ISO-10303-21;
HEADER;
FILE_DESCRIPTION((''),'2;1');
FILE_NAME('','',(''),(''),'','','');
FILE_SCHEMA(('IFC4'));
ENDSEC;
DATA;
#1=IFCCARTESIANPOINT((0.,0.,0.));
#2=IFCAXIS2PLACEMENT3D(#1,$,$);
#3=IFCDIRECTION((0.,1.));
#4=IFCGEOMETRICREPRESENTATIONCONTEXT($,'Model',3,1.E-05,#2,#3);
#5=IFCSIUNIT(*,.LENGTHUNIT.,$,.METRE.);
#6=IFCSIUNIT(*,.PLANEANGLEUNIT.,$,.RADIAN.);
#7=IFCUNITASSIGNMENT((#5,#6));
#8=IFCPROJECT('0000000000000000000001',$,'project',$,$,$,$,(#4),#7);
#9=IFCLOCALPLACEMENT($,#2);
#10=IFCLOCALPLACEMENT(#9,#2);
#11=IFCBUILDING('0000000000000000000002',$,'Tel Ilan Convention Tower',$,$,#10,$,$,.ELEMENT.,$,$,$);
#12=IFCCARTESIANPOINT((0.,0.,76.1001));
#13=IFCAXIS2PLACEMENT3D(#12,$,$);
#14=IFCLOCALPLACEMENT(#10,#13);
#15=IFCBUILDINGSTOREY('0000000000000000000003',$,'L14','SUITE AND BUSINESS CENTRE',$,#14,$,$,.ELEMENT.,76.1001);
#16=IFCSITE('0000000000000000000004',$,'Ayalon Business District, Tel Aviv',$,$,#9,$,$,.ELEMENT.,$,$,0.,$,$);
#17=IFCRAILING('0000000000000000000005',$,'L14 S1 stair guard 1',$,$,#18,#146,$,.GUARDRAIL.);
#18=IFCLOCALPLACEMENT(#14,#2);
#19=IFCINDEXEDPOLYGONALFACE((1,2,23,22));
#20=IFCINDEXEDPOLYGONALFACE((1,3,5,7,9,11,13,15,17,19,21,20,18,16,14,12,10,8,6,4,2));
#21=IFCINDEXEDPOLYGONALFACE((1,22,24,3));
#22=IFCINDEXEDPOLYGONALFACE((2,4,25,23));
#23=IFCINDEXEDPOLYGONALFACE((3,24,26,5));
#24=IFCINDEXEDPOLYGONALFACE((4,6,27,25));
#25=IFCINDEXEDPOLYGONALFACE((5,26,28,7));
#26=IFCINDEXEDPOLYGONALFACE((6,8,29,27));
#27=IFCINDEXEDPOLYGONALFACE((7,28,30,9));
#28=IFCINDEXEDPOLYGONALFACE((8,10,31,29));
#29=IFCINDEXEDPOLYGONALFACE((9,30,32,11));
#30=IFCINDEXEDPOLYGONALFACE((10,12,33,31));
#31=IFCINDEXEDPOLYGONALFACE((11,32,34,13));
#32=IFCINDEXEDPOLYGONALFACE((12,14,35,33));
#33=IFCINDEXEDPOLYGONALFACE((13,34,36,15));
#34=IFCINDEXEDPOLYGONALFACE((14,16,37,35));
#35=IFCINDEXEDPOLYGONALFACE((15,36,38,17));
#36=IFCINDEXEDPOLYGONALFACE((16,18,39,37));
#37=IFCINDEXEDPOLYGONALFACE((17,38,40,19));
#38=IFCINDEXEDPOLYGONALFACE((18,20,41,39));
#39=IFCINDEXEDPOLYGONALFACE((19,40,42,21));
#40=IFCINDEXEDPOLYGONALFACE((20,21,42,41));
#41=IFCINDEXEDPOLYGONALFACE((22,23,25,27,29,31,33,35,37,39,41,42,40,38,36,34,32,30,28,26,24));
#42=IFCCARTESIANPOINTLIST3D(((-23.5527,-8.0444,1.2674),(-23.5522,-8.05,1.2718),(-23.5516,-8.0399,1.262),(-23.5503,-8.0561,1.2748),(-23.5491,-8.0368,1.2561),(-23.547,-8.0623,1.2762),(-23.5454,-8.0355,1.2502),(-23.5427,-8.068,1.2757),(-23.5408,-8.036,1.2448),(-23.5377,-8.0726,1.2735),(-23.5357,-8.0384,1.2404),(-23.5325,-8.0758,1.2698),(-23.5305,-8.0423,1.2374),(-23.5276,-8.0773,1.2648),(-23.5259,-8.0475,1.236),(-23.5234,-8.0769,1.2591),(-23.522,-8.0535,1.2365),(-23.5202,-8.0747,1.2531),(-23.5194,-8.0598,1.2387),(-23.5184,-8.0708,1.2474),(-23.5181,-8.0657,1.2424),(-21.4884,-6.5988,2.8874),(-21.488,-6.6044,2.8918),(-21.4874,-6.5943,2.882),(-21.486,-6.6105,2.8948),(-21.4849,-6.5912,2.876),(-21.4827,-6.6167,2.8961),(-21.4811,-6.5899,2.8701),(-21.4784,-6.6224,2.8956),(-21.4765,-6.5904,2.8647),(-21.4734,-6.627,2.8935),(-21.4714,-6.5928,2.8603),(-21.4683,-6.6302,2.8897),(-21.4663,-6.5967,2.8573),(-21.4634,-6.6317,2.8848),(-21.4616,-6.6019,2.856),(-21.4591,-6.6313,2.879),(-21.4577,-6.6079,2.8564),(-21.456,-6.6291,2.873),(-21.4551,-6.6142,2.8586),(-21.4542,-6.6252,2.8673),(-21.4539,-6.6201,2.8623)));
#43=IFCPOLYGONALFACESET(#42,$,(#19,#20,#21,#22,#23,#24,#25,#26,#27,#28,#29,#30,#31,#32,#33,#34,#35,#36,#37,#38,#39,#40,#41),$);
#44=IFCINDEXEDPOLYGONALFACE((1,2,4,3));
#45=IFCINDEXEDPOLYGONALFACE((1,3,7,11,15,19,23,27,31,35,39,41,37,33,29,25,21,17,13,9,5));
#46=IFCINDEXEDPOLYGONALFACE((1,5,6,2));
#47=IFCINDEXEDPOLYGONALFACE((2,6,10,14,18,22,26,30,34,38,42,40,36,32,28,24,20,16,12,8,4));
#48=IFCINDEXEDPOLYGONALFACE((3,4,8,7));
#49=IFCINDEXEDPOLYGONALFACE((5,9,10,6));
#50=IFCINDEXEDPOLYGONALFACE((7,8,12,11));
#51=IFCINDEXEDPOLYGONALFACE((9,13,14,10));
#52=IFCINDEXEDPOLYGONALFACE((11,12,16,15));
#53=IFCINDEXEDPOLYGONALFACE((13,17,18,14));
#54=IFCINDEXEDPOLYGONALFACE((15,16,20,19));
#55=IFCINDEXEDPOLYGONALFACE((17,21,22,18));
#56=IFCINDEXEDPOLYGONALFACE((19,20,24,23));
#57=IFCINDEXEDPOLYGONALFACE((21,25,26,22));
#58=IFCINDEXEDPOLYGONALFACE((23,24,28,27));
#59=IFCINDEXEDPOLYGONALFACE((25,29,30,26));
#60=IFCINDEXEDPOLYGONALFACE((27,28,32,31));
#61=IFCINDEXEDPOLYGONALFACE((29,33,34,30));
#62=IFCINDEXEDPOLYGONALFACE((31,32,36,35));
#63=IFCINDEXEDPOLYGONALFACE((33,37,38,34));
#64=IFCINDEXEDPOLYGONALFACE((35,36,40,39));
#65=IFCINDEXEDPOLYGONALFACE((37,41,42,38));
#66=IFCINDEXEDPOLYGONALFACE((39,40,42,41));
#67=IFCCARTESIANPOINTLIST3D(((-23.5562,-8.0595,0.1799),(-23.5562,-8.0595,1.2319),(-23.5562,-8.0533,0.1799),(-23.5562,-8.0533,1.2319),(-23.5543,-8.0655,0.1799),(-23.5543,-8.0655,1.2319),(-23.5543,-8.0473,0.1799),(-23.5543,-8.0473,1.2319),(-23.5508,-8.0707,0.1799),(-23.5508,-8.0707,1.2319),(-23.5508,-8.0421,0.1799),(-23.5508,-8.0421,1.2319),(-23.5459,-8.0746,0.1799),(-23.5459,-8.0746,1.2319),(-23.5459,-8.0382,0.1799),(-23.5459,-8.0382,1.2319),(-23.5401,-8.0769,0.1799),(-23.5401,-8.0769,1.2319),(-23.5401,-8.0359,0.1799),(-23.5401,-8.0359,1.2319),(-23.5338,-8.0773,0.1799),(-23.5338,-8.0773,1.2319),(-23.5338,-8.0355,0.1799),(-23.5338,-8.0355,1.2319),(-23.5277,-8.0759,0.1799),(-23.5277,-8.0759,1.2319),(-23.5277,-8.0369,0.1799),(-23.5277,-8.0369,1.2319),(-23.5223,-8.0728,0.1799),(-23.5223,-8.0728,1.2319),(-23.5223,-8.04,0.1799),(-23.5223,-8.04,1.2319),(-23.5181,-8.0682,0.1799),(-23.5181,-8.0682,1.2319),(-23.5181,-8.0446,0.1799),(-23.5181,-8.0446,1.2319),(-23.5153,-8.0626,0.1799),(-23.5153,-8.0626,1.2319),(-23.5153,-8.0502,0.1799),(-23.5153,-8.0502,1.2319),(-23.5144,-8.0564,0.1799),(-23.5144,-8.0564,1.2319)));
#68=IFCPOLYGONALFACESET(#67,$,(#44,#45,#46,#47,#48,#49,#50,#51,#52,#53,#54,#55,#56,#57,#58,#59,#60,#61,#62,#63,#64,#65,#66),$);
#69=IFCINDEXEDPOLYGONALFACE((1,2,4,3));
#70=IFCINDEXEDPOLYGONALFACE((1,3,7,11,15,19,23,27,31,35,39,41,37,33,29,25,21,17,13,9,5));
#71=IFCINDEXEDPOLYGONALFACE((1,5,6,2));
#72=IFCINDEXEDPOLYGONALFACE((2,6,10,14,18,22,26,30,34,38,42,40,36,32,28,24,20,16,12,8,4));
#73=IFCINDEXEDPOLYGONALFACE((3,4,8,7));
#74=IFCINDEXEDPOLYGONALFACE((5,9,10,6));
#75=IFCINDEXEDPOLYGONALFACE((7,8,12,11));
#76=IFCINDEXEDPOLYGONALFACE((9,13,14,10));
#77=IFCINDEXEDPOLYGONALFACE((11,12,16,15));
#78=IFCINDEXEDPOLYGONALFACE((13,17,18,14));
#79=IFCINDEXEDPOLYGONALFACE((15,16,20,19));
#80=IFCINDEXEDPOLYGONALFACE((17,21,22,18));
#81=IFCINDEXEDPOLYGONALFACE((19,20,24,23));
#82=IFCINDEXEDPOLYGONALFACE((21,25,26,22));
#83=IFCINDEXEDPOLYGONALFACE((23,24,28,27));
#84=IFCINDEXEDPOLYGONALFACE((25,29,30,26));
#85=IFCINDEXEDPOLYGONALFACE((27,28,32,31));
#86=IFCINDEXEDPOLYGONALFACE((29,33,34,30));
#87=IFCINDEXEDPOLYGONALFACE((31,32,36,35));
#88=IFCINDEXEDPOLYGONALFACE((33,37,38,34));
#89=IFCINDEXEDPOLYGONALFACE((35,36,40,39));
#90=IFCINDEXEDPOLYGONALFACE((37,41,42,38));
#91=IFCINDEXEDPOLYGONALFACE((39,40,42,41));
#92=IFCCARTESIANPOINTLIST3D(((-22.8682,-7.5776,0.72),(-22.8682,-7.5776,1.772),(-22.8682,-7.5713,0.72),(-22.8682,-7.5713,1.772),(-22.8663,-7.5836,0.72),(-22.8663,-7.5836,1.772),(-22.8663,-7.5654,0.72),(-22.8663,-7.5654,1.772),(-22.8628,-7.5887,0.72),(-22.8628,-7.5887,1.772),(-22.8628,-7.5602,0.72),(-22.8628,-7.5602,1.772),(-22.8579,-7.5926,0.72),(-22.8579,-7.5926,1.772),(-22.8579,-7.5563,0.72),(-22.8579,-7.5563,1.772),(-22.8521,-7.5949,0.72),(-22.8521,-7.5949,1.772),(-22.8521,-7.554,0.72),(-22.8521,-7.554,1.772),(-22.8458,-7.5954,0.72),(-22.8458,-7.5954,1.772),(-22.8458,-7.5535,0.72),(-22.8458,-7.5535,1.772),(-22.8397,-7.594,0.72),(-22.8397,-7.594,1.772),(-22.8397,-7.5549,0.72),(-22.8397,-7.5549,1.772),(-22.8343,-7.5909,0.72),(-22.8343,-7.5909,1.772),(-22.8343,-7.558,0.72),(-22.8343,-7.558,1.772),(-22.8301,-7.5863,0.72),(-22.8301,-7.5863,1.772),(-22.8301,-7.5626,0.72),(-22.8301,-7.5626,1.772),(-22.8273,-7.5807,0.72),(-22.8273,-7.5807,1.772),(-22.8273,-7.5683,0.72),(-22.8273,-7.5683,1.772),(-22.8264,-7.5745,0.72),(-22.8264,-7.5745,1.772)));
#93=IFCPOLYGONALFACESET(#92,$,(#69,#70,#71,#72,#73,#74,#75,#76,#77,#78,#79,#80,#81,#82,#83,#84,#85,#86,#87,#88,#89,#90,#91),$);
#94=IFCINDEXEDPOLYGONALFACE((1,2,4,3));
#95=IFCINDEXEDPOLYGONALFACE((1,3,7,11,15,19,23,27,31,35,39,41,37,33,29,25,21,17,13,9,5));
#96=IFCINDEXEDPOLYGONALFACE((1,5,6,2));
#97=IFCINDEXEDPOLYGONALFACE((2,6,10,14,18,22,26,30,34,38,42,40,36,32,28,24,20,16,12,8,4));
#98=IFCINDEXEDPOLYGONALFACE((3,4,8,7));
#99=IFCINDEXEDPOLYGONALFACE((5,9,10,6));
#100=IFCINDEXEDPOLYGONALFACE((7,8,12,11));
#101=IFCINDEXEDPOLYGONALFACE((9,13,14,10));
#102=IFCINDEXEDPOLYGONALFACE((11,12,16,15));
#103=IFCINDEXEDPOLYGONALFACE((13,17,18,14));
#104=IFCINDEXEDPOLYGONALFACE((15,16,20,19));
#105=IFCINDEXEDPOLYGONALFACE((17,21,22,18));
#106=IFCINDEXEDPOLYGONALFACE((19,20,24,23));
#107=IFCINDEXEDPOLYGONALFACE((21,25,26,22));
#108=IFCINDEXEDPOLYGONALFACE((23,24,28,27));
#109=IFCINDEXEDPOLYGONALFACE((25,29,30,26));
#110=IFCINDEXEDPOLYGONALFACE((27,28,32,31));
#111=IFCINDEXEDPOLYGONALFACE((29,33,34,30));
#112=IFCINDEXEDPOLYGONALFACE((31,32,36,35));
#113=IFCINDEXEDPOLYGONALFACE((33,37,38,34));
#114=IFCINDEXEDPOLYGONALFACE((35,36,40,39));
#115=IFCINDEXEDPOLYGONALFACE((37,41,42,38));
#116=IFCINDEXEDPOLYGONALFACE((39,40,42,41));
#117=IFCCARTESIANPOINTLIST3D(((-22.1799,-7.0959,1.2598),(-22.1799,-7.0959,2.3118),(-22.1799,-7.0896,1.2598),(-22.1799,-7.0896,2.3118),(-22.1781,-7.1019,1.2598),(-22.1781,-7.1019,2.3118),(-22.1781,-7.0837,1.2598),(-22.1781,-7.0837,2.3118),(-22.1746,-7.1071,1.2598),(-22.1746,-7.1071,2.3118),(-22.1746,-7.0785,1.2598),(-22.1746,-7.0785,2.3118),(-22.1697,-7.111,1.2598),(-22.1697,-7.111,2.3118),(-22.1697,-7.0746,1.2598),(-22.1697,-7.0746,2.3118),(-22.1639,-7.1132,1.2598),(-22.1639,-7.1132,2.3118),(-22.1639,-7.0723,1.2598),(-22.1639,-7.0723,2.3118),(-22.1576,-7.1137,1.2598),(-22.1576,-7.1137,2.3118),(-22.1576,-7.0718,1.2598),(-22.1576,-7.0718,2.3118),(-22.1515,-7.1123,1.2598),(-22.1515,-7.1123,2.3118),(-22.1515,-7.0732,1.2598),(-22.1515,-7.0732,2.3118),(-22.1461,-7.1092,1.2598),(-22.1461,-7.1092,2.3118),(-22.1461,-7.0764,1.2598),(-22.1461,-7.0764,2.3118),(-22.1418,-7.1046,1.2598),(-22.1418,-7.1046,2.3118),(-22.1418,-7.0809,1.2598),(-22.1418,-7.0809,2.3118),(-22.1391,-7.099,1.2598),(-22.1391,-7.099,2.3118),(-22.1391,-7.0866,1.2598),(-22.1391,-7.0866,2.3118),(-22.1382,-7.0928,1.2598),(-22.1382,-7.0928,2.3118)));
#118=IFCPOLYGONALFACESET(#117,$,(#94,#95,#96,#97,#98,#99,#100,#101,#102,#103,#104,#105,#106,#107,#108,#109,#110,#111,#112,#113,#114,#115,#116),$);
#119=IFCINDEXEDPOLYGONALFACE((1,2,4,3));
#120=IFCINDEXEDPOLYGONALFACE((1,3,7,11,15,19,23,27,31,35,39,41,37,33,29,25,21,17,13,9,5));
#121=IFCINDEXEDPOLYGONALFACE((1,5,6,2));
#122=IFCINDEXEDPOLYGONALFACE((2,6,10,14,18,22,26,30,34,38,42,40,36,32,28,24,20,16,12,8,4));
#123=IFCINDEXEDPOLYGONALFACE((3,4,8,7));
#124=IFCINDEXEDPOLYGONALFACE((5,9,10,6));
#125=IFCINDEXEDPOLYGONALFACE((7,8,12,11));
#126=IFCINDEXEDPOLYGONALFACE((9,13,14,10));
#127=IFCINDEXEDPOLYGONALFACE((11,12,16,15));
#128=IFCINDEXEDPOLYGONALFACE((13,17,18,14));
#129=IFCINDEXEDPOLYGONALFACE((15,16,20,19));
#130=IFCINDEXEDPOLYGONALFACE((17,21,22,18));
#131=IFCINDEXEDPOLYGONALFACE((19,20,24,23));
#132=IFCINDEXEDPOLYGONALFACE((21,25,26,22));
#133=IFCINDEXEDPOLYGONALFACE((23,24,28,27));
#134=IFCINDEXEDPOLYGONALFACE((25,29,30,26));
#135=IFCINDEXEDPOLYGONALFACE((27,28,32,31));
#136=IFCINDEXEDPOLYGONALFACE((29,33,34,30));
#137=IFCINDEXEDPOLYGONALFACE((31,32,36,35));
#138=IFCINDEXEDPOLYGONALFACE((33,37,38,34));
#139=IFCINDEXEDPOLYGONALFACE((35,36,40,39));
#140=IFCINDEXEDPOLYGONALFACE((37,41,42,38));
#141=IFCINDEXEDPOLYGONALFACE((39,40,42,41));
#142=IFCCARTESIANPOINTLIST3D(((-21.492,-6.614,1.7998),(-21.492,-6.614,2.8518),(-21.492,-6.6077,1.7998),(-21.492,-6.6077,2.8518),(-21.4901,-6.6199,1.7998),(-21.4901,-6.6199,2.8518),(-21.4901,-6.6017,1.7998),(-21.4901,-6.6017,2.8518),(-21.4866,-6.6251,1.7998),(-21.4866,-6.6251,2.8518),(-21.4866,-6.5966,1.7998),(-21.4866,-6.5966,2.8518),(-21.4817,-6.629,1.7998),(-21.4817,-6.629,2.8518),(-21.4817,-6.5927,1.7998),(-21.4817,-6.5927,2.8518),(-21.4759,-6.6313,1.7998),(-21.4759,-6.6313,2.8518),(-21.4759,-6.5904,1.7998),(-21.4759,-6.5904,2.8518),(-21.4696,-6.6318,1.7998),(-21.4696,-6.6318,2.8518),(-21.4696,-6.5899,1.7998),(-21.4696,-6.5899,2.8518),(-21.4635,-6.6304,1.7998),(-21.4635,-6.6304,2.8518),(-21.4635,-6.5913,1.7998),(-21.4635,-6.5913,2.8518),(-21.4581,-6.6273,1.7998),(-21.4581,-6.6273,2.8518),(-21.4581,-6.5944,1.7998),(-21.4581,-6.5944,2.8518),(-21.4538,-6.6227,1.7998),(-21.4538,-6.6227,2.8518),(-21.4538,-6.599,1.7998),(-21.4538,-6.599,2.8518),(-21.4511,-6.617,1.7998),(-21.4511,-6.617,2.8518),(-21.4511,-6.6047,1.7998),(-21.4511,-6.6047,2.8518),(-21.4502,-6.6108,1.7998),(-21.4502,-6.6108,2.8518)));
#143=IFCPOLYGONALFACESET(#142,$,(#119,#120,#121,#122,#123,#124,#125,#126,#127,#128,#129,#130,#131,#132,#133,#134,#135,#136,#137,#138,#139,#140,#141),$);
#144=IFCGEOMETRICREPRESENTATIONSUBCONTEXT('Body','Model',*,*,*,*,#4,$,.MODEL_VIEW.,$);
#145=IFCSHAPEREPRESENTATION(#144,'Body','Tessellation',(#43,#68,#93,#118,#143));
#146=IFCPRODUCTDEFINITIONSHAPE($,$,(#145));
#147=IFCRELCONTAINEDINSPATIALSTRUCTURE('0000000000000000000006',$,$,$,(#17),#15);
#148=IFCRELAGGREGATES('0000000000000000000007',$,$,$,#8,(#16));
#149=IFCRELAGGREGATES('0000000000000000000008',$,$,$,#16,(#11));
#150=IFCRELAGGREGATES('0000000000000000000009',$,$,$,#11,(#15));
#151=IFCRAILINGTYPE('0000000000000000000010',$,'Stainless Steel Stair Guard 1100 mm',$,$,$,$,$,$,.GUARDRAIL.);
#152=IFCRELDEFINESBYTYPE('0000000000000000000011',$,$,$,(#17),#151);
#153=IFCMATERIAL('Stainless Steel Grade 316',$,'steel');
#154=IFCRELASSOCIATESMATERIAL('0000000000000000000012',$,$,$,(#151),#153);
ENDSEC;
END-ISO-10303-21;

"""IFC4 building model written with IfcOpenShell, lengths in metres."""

from ifc_helpers import new_model, si_unit, direction, frame, origin, origin_2d, place, context, subcontext, project, spatial, circle, extrude, material, type_object, element, save


model = new_model("IFC4")

# Units and contexts
model_context = context("Model", 3, precision=1e-05, world=origin(), true_north=direction((0.0, 1.0)))
body_context = subcontext(model_context, "Body", "Model", "MODEL_VIEW")
ifc_project = project(units=[si_unit("LENGTHUNIT", "METRE"), si_unit("PLANEANGLEUNIT", "RADIAN")], contexts=[model_context])

# Site, building, storey
site_placement = place(None, origin())
site = spatial("IfcSite", under=ifc_project, at=site_placement, Name="Ayalon Business District, Tel Aviv", CompositionType="ELEMENT", RefElevation=0.0)
building_placement = place(site_placement, origin())
building = spatial("IfcBuilding", under=site, at=building_placement, Name="Tel Ilan Convention Tower", CompositionType="ELEMENT")
storey_placement = place(building_placement, frame((0.0, 0.0, 76.1001)))
storey = spatial("IfcBuildingStorey", under=building, at=storey_placement, Name="L14", Description="SUITE AND BUSINESS CENTRE", CompositionType="ELEMENT", Elevation=76.1001)

# Railing
ifc_material_1 = material(Name="Stainless Steel Grade 316", Category="steel")
railing_type_1 = type_object("IfcRailingType", Name="Stainless Steel Stair Guard 1100 mm", PredefinedType="GUARDRAIL", material=ifc_material_1)
railing_1_placement = place(storey_placement, frame((-23.5354, -8.0564, 0.1799)))
element("IfcRailing", 1, at=railing_1_placement, inside=storey, type_object=railing_type_1, Name="L14 S1 stair guard 1", PredefinedType="GUARDRAIL", context=body_context, shape_type="SweptSolid", body=[
    extrude(circle(Radius=0.0239, at=origin_2d()), frame((0.0, 0.0, 1.0762), z_axis=(0.689043, 0.482534, 0.540722), x_axis=(-0.573625, 0.819118, 0.0)), (0.0, 0.0, 1.0), 2.9958),
    extrude(circle(Radius=0.021, at=origin_2d()), origin(), (0.0, 0.0, 1.0), 1.052),
    extrude(circle(Radius=0.021, at=origin_2d()), frame((0.688, 0.4819, 0.54)), (0.0, 0.0, 1.0), 1.052),
    extrude(circle(Radius=0.021, at=origin_2d()), frame((1.3762, 0.9636, 1.0798)), (0.0, 0.0, 1.0), 1.052),
    extrude(circle(Radius=0.021, at=origin_2d()), frame((2.0642, 1.4456, 1.6199)), (0.0, 0.0, 1.0), 1.052),
])

save(model, "model.ifc")
